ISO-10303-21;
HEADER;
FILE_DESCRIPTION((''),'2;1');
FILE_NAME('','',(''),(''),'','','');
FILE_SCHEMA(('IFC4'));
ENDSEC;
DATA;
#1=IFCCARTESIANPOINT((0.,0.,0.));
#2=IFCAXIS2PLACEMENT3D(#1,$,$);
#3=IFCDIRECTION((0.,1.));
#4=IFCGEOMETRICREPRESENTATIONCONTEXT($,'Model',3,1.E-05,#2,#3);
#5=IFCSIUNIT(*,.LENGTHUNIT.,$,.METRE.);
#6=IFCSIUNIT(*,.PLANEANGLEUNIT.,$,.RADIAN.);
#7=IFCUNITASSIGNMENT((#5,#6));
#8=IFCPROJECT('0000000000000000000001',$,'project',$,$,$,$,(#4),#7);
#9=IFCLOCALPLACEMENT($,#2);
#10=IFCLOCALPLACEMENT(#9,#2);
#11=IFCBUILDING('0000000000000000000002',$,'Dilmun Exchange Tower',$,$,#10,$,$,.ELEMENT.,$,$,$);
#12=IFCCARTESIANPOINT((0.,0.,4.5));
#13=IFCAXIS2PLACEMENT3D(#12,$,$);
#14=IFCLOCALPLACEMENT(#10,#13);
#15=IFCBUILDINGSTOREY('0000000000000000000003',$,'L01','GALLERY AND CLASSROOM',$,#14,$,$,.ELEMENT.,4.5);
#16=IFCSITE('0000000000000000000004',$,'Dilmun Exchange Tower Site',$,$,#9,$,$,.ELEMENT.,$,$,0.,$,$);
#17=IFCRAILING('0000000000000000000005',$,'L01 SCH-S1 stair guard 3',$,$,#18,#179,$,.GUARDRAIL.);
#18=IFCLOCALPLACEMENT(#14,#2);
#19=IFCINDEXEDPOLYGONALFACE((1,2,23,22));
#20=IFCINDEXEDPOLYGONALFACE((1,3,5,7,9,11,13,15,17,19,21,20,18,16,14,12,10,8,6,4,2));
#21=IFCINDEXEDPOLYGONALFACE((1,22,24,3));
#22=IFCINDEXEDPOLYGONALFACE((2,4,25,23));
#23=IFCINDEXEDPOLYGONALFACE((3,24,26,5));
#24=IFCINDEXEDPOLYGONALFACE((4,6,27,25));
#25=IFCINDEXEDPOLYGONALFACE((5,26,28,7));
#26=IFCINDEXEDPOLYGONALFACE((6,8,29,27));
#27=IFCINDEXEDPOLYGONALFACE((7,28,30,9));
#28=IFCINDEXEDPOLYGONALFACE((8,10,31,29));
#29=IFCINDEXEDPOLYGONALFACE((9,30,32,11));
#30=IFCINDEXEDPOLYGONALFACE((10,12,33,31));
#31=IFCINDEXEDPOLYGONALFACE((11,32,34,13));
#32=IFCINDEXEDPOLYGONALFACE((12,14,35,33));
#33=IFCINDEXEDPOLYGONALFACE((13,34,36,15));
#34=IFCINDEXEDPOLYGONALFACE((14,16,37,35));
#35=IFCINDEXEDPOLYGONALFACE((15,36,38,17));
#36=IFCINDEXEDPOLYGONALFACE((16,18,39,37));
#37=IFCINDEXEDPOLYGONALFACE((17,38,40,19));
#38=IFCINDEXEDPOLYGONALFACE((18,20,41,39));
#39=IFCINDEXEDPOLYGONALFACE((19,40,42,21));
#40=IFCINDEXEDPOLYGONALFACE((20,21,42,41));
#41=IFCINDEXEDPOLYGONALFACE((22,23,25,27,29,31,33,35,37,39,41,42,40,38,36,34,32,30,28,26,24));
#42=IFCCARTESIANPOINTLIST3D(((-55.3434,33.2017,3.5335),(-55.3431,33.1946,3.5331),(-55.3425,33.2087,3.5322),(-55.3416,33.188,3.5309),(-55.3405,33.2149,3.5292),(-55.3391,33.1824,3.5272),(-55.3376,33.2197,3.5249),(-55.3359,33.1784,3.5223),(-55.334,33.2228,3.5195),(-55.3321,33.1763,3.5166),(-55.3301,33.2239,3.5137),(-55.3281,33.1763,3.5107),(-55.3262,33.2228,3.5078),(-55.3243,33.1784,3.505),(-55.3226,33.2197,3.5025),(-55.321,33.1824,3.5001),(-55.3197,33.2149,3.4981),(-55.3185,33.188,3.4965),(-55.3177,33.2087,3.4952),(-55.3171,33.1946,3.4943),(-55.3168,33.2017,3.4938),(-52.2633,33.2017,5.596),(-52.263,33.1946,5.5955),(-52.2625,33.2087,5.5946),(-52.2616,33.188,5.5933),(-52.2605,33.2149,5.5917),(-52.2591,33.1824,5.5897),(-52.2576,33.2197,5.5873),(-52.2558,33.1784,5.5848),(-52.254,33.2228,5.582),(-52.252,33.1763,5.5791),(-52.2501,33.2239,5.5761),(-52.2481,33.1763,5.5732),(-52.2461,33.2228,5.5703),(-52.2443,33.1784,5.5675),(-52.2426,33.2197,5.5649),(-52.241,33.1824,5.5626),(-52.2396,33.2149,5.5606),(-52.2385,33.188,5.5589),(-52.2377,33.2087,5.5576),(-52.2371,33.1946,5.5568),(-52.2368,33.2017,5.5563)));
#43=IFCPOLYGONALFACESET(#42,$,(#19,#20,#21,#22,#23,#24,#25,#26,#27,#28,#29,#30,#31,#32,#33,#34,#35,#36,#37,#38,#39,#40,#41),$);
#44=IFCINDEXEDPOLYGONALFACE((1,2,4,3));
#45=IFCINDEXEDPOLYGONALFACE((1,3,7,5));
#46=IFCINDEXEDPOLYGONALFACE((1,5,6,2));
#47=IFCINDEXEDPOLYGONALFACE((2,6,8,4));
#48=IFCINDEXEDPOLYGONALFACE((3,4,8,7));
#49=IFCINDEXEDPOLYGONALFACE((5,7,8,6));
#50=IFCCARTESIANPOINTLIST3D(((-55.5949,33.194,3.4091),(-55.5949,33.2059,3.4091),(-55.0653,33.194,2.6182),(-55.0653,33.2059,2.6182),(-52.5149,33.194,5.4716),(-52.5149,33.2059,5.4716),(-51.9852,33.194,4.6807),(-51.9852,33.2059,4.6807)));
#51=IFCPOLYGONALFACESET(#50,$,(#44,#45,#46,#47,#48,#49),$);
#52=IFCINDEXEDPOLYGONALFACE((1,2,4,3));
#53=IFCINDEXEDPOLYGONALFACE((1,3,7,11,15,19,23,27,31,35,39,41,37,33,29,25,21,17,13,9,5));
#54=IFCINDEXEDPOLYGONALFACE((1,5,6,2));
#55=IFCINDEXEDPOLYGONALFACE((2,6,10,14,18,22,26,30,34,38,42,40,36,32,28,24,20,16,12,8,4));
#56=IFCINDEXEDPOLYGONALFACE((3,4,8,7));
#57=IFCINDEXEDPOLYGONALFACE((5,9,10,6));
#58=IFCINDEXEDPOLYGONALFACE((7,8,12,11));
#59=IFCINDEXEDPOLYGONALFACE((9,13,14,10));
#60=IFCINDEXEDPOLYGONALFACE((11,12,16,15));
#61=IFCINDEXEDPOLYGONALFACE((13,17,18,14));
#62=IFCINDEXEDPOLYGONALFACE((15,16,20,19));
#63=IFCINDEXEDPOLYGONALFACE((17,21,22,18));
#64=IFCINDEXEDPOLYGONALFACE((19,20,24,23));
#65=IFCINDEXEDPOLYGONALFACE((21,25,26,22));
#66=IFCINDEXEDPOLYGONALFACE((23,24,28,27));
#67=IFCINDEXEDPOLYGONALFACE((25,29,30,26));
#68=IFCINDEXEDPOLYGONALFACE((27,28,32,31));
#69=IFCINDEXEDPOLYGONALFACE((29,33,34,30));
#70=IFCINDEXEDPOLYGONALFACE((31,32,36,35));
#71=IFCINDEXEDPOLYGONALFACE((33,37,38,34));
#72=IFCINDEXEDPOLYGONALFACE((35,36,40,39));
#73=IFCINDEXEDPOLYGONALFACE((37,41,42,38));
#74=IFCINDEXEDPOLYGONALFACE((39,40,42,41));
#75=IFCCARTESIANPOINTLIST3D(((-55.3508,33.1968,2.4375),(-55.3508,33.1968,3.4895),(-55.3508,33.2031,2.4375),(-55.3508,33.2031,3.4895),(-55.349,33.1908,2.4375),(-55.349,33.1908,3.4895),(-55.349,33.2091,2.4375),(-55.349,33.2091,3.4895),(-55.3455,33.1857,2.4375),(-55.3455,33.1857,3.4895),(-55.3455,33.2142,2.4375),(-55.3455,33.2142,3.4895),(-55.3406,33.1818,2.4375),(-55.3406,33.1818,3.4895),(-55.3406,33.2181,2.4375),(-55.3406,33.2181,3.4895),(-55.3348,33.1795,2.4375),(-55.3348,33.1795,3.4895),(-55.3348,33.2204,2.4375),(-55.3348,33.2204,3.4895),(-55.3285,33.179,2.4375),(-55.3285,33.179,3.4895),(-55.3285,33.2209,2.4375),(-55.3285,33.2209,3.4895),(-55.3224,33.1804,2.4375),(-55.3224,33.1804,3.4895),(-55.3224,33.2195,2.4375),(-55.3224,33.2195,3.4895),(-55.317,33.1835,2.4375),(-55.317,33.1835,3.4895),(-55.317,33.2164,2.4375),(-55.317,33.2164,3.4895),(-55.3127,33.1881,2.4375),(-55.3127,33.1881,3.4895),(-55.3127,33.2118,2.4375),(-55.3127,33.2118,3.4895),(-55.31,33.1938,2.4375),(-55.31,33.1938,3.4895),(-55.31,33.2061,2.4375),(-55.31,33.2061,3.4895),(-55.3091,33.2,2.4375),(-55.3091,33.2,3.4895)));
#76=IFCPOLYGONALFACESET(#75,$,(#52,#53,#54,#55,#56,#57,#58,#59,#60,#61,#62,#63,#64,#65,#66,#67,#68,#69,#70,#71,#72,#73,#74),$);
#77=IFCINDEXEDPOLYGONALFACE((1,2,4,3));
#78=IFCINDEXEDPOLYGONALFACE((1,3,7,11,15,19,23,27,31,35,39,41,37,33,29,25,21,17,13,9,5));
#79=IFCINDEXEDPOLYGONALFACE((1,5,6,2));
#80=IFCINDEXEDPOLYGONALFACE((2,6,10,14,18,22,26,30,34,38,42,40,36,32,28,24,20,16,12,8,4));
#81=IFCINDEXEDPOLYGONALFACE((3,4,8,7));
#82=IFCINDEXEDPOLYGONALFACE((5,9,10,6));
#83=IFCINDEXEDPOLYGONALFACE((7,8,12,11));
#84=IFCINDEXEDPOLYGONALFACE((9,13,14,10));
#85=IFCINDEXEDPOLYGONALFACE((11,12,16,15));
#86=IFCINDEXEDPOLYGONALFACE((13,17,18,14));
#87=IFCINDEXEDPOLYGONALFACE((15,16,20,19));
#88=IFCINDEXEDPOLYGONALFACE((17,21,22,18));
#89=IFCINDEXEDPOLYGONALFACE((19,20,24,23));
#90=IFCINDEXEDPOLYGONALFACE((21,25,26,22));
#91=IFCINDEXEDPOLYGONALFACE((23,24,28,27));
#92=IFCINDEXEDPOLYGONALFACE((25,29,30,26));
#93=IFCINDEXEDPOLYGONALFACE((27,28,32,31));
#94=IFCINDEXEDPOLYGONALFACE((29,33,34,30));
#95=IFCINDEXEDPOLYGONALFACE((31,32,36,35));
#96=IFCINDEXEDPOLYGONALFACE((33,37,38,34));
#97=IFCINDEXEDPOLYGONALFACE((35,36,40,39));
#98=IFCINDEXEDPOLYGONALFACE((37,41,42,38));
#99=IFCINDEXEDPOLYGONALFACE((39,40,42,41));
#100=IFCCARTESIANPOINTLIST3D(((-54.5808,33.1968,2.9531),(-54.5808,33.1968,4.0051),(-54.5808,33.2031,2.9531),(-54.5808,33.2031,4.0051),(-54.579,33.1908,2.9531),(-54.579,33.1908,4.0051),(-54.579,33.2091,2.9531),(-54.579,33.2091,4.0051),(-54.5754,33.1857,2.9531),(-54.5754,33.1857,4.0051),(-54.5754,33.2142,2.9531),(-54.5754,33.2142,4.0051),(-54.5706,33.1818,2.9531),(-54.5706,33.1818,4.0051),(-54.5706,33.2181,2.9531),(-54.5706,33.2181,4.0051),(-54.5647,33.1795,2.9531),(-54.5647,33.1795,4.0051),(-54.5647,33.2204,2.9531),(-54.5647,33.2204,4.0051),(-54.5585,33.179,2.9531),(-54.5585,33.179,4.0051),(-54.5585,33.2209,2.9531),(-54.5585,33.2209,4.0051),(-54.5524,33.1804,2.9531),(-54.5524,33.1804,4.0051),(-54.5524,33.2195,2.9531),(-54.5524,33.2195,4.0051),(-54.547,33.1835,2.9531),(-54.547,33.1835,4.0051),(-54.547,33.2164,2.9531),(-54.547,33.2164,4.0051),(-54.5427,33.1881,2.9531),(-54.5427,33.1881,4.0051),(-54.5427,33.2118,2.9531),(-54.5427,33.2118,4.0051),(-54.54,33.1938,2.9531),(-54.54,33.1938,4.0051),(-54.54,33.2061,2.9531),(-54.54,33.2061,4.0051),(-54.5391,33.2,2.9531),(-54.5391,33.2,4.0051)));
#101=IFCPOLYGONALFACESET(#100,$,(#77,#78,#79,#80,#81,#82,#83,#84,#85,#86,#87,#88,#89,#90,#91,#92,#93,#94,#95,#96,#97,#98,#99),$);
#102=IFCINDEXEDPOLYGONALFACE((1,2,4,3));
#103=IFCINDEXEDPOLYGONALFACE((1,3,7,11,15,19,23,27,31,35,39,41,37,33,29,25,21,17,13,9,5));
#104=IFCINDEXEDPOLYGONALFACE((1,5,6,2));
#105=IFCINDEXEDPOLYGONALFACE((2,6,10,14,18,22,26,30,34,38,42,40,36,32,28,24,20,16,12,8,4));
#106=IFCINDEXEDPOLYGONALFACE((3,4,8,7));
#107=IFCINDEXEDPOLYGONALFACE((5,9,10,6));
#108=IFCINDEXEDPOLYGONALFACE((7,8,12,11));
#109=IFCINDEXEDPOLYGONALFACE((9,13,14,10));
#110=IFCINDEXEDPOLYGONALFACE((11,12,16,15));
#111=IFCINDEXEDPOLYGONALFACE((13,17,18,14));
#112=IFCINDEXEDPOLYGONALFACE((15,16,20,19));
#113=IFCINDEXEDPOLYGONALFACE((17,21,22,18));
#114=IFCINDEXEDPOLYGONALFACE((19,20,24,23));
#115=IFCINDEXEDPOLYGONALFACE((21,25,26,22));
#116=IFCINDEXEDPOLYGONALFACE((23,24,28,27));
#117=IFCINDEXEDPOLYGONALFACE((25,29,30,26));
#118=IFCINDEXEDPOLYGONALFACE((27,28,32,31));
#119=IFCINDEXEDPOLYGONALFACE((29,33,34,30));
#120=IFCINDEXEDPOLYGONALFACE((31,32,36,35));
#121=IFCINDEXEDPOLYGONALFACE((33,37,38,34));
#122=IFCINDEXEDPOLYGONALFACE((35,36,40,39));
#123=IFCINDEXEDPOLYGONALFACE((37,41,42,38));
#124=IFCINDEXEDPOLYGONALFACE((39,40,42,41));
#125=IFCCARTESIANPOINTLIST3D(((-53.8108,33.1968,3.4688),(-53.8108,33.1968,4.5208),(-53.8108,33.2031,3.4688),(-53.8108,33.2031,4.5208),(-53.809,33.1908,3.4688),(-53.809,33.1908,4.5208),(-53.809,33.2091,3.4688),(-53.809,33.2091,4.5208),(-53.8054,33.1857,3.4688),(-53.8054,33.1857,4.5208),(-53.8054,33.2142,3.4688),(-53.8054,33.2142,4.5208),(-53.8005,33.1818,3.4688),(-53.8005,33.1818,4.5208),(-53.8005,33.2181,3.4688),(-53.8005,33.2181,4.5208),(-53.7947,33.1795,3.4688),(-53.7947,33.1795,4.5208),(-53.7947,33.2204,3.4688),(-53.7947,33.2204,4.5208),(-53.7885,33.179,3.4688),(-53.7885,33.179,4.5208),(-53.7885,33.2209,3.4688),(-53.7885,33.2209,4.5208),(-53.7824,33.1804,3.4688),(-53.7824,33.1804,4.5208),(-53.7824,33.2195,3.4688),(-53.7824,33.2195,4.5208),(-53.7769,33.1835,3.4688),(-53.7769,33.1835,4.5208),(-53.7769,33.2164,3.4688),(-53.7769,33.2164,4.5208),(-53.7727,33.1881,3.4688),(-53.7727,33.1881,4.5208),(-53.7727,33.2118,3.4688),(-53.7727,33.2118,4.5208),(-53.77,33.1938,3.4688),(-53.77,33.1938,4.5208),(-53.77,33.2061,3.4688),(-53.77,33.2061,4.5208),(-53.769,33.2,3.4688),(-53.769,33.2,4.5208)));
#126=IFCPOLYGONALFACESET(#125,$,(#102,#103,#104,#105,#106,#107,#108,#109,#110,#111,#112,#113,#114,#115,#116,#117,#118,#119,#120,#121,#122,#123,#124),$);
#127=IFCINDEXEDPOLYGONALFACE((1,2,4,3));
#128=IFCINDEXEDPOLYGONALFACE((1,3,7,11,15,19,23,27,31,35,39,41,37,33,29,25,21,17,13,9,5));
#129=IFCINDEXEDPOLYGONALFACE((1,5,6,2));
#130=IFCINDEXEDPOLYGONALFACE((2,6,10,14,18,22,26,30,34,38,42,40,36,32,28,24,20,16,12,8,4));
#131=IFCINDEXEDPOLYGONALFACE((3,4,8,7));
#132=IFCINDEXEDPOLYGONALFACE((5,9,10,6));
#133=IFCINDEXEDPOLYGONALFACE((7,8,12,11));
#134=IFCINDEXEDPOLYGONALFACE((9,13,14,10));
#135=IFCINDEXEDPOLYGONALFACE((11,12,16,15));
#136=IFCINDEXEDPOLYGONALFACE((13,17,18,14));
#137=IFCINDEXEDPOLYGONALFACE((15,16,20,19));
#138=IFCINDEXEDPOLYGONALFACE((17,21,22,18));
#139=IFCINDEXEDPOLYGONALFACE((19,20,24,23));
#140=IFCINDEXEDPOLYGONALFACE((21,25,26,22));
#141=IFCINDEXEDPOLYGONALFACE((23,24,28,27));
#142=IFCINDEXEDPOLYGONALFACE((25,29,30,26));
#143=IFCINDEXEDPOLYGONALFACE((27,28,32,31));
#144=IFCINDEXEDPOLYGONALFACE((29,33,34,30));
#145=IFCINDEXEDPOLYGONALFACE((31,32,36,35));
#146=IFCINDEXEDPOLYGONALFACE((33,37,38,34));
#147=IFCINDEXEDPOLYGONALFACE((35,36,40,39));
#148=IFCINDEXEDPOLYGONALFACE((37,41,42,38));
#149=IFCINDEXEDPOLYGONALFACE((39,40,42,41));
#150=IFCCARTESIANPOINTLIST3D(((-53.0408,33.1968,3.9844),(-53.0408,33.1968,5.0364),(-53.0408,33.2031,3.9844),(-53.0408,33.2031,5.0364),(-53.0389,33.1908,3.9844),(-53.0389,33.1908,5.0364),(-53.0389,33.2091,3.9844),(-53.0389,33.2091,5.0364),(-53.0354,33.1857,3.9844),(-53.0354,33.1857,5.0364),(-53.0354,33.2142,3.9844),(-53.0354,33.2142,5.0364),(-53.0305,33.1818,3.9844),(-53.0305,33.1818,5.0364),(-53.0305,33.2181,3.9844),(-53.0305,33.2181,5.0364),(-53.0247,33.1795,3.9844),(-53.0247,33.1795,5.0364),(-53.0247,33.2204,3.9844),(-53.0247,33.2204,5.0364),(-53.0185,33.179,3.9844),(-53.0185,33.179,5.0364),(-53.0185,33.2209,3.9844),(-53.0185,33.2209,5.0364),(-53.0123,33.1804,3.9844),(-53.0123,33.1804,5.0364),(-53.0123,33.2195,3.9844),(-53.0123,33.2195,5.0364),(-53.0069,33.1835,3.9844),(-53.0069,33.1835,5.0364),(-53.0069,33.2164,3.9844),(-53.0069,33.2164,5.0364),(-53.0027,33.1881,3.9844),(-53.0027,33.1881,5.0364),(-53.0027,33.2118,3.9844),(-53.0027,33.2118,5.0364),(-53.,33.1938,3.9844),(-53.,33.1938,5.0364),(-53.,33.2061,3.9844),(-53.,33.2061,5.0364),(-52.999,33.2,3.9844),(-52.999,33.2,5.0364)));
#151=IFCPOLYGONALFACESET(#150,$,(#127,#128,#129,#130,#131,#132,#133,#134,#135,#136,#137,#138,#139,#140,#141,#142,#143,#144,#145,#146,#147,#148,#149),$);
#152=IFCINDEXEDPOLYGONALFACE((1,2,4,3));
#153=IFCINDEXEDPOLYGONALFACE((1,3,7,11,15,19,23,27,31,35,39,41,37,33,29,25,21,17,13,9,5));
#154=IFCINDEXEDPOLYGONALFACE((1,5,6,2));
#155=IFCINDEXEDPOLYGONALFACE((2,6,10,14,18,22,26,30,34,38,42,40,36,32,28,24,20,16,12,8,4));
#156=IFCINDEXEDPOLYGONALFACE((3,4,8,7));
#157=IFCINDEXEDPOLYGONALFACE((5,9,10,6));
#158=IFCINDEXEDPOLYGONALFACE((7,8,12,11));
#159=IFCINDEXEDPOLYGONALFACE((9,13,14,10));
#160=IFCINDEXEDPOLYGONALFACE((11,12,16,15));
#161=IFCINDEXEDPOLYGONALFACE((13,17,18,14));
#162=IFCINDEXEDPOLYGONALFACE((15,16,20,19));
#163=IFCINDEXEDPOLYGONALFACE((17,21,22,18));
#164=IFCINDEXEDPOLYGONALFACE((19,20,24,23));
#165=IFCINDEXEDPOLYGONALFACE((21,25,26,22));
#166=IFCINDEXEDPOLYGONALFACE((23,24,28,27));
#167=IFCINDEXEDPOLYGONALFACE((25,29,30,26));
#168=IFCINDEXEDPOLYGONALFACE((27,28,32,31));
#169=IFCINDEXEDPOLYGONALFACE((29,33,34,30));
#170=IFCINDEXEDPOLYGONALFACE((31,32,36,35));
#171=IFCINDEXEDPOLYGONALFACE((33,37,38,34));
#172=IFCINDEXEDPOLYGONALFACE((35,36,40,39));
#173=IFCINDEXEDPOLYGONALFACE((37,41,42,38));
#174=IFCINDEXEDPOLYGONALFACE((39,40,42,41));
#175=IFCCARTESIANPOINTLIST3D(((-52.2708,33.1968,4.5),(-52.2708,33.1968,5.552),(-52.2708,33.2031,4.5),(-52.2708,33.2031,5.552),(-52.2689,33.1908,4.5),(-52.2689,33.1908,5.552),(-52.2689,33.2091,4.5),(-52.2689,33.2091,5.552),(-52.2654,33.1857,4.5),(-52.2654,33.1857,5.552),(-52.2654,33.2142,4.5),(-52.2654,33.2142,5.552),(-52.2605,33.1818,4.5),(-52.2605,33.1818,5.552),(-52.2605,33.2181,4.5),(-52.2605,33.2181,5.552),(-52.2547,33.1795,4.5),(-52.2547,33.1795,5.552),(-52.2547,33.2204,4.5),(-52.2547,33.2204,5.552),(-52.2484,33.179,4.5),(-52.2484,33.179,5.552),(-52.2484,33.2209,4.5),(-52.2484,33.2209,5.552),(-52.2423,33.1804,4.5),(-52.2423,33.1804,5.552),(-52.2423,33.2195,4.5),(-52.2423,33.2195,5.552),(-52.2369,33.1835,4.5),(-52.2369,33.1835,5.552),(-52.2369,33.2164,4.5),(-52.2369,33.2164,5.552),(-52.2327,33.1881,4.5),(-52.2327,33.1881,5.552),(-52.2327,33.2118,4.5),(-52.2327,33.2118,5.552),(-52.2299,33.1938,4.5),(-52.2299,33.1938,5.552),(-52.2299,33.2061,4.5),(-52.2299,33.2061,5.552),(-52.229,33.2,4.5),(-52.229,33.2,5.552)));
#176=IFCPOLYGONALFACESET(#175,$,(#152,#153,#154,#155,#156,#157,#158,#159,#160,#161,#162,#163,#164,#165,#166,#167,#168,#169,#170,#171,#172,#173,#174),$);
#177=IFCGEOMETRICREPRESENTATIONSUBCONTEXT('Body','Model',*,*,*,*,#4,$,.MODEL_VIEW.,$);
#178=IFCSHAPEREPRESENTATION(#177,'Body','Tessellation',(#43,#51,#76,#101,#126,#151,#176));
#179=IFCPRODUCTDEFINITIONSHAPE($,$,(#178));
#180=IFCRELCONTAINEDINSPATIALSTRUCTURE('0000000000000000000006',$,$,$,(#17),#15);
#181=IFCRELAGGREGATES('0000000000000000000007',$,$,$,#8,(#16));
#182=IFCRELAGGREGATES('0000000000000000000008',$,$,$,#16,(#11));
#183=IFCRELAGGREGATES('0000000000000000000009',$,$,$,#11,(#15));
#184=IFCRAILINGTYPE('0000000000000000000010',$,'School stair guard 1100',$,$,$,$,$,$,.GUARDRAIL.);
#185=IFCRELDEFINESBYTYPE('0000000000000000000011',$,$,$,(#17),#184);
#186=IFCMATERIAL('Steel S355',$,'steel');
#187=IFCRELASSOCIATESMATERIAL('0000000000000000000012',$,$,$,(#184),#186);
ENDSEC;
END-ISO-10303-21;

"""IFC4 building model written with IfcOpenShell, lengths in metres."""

from ifc_helpers import new_model, si_unit, direction, frame, origin, origin_2d, place, context, subcontext, project, spatial, rectangle, circle, extrude, material, type_object, element, save


model = new_model("IFC4")

# Units and contexts
model_context = context("Model", 3, precision=1e-05, world=origin(), true_north=direction((0.0, 1.0)))
body_context = subcontext(model_context, "Body", "Model", "MODEL_VIEW")
ifc_project = project(units=[si_unit("LENGTHUNIT", "METRE"), si_unit("PLANEANGLEUNIT", "RADIAN")], contexts=[model_context])

# Site, building, storey
site_placement = place(None, origin())
site = spatial("IfcSite", under=ifc_project, at=site_placement, Name="Dilmun Exchange Tower Site", CompositionType="ELEMENT", RefElevation=0.0)
building_placement = place(site_placement, origin())
building = spatial("IfcBuilding", under=site, at=building_placement, Name="Dilmun Exchange Tower", CompositionType="ELEMENT")
storey_placement = place(building_placement, frame((0.0, 0.0, 4.5)))
storey = spatial("IfcBuildingStorey", under=building, at=storey_placement, Name="L01", Description="GALLERY AND CLASSROOM", CompositionType="ELEMENT", Elevation=4.5)

# Railing
ifc_material_1 = material(Name="Steel S355", Category="steel")
railing_type_1 = type_object("IfcRailingType", Name="School stair guard 1100", PredefinedType="GUARDRAIL", material=ifc_material_1)
railing_1_placement = place(storey_placement, frame((-55.3301, 33.2, 2.4375)))
element("IfcRailing", 1, at=railing_1_placement, inside=storey, type_object=railing_type_1, Name="L01 SCH-S1 stair guard 3", PredefinedType="GUARDRAIL", context=body_context, shape_type="SweptSolid", body=[
    extrude(circle(Radius=0.0239, at=origin_2d()), frame((0.0, 0.0, 1.0762), z_axis=(0.830914, 0.0, 0.556401), x_axis=(0.0, 1.0, 0.0)), (0.0, 0.0, 1.0), 3.7068),
    extrude(rectangle(XDim=0.012, YDim=0.9519, at=origin_2d()), frame((0.0, 0.0, 0.5762), z_axis=(0.830914, 0.0, 0.556401), x_axis=(0.0, 1.0, 0.0)), (0.0, 0.0, 1.0), 3.7068),
    extrude(circle(Radius=0.021, at=origin_2d()), origin(), (0.0, 0.0, 1.0), 1.052),
    extrude(circle(Radius=0.021, at=origin_2d()), frame((0.77, 0.0, 0.5156)), (0.0, 0.0, 1.0), 1.052),
    extrude(circle(Radius=0.021, at=origin_2d()), frame((1.54, 0.0, 1.0312)), (0.0, 0.0, 1.0), 1.052),
    extrude(circle(Radius=0.021, at=origin_2d()), frame((2.3101, 0.0, 1.5469)), (0.0, 0.0, 1.0), 1.052),
    extrude(circle(Radius=0.021, at=origin_2d()), frame((3.0801, 0.0, 2.0625)), (0.0, 0.0, 1.0), 1.052),
])

save(model, "model.ifc")
